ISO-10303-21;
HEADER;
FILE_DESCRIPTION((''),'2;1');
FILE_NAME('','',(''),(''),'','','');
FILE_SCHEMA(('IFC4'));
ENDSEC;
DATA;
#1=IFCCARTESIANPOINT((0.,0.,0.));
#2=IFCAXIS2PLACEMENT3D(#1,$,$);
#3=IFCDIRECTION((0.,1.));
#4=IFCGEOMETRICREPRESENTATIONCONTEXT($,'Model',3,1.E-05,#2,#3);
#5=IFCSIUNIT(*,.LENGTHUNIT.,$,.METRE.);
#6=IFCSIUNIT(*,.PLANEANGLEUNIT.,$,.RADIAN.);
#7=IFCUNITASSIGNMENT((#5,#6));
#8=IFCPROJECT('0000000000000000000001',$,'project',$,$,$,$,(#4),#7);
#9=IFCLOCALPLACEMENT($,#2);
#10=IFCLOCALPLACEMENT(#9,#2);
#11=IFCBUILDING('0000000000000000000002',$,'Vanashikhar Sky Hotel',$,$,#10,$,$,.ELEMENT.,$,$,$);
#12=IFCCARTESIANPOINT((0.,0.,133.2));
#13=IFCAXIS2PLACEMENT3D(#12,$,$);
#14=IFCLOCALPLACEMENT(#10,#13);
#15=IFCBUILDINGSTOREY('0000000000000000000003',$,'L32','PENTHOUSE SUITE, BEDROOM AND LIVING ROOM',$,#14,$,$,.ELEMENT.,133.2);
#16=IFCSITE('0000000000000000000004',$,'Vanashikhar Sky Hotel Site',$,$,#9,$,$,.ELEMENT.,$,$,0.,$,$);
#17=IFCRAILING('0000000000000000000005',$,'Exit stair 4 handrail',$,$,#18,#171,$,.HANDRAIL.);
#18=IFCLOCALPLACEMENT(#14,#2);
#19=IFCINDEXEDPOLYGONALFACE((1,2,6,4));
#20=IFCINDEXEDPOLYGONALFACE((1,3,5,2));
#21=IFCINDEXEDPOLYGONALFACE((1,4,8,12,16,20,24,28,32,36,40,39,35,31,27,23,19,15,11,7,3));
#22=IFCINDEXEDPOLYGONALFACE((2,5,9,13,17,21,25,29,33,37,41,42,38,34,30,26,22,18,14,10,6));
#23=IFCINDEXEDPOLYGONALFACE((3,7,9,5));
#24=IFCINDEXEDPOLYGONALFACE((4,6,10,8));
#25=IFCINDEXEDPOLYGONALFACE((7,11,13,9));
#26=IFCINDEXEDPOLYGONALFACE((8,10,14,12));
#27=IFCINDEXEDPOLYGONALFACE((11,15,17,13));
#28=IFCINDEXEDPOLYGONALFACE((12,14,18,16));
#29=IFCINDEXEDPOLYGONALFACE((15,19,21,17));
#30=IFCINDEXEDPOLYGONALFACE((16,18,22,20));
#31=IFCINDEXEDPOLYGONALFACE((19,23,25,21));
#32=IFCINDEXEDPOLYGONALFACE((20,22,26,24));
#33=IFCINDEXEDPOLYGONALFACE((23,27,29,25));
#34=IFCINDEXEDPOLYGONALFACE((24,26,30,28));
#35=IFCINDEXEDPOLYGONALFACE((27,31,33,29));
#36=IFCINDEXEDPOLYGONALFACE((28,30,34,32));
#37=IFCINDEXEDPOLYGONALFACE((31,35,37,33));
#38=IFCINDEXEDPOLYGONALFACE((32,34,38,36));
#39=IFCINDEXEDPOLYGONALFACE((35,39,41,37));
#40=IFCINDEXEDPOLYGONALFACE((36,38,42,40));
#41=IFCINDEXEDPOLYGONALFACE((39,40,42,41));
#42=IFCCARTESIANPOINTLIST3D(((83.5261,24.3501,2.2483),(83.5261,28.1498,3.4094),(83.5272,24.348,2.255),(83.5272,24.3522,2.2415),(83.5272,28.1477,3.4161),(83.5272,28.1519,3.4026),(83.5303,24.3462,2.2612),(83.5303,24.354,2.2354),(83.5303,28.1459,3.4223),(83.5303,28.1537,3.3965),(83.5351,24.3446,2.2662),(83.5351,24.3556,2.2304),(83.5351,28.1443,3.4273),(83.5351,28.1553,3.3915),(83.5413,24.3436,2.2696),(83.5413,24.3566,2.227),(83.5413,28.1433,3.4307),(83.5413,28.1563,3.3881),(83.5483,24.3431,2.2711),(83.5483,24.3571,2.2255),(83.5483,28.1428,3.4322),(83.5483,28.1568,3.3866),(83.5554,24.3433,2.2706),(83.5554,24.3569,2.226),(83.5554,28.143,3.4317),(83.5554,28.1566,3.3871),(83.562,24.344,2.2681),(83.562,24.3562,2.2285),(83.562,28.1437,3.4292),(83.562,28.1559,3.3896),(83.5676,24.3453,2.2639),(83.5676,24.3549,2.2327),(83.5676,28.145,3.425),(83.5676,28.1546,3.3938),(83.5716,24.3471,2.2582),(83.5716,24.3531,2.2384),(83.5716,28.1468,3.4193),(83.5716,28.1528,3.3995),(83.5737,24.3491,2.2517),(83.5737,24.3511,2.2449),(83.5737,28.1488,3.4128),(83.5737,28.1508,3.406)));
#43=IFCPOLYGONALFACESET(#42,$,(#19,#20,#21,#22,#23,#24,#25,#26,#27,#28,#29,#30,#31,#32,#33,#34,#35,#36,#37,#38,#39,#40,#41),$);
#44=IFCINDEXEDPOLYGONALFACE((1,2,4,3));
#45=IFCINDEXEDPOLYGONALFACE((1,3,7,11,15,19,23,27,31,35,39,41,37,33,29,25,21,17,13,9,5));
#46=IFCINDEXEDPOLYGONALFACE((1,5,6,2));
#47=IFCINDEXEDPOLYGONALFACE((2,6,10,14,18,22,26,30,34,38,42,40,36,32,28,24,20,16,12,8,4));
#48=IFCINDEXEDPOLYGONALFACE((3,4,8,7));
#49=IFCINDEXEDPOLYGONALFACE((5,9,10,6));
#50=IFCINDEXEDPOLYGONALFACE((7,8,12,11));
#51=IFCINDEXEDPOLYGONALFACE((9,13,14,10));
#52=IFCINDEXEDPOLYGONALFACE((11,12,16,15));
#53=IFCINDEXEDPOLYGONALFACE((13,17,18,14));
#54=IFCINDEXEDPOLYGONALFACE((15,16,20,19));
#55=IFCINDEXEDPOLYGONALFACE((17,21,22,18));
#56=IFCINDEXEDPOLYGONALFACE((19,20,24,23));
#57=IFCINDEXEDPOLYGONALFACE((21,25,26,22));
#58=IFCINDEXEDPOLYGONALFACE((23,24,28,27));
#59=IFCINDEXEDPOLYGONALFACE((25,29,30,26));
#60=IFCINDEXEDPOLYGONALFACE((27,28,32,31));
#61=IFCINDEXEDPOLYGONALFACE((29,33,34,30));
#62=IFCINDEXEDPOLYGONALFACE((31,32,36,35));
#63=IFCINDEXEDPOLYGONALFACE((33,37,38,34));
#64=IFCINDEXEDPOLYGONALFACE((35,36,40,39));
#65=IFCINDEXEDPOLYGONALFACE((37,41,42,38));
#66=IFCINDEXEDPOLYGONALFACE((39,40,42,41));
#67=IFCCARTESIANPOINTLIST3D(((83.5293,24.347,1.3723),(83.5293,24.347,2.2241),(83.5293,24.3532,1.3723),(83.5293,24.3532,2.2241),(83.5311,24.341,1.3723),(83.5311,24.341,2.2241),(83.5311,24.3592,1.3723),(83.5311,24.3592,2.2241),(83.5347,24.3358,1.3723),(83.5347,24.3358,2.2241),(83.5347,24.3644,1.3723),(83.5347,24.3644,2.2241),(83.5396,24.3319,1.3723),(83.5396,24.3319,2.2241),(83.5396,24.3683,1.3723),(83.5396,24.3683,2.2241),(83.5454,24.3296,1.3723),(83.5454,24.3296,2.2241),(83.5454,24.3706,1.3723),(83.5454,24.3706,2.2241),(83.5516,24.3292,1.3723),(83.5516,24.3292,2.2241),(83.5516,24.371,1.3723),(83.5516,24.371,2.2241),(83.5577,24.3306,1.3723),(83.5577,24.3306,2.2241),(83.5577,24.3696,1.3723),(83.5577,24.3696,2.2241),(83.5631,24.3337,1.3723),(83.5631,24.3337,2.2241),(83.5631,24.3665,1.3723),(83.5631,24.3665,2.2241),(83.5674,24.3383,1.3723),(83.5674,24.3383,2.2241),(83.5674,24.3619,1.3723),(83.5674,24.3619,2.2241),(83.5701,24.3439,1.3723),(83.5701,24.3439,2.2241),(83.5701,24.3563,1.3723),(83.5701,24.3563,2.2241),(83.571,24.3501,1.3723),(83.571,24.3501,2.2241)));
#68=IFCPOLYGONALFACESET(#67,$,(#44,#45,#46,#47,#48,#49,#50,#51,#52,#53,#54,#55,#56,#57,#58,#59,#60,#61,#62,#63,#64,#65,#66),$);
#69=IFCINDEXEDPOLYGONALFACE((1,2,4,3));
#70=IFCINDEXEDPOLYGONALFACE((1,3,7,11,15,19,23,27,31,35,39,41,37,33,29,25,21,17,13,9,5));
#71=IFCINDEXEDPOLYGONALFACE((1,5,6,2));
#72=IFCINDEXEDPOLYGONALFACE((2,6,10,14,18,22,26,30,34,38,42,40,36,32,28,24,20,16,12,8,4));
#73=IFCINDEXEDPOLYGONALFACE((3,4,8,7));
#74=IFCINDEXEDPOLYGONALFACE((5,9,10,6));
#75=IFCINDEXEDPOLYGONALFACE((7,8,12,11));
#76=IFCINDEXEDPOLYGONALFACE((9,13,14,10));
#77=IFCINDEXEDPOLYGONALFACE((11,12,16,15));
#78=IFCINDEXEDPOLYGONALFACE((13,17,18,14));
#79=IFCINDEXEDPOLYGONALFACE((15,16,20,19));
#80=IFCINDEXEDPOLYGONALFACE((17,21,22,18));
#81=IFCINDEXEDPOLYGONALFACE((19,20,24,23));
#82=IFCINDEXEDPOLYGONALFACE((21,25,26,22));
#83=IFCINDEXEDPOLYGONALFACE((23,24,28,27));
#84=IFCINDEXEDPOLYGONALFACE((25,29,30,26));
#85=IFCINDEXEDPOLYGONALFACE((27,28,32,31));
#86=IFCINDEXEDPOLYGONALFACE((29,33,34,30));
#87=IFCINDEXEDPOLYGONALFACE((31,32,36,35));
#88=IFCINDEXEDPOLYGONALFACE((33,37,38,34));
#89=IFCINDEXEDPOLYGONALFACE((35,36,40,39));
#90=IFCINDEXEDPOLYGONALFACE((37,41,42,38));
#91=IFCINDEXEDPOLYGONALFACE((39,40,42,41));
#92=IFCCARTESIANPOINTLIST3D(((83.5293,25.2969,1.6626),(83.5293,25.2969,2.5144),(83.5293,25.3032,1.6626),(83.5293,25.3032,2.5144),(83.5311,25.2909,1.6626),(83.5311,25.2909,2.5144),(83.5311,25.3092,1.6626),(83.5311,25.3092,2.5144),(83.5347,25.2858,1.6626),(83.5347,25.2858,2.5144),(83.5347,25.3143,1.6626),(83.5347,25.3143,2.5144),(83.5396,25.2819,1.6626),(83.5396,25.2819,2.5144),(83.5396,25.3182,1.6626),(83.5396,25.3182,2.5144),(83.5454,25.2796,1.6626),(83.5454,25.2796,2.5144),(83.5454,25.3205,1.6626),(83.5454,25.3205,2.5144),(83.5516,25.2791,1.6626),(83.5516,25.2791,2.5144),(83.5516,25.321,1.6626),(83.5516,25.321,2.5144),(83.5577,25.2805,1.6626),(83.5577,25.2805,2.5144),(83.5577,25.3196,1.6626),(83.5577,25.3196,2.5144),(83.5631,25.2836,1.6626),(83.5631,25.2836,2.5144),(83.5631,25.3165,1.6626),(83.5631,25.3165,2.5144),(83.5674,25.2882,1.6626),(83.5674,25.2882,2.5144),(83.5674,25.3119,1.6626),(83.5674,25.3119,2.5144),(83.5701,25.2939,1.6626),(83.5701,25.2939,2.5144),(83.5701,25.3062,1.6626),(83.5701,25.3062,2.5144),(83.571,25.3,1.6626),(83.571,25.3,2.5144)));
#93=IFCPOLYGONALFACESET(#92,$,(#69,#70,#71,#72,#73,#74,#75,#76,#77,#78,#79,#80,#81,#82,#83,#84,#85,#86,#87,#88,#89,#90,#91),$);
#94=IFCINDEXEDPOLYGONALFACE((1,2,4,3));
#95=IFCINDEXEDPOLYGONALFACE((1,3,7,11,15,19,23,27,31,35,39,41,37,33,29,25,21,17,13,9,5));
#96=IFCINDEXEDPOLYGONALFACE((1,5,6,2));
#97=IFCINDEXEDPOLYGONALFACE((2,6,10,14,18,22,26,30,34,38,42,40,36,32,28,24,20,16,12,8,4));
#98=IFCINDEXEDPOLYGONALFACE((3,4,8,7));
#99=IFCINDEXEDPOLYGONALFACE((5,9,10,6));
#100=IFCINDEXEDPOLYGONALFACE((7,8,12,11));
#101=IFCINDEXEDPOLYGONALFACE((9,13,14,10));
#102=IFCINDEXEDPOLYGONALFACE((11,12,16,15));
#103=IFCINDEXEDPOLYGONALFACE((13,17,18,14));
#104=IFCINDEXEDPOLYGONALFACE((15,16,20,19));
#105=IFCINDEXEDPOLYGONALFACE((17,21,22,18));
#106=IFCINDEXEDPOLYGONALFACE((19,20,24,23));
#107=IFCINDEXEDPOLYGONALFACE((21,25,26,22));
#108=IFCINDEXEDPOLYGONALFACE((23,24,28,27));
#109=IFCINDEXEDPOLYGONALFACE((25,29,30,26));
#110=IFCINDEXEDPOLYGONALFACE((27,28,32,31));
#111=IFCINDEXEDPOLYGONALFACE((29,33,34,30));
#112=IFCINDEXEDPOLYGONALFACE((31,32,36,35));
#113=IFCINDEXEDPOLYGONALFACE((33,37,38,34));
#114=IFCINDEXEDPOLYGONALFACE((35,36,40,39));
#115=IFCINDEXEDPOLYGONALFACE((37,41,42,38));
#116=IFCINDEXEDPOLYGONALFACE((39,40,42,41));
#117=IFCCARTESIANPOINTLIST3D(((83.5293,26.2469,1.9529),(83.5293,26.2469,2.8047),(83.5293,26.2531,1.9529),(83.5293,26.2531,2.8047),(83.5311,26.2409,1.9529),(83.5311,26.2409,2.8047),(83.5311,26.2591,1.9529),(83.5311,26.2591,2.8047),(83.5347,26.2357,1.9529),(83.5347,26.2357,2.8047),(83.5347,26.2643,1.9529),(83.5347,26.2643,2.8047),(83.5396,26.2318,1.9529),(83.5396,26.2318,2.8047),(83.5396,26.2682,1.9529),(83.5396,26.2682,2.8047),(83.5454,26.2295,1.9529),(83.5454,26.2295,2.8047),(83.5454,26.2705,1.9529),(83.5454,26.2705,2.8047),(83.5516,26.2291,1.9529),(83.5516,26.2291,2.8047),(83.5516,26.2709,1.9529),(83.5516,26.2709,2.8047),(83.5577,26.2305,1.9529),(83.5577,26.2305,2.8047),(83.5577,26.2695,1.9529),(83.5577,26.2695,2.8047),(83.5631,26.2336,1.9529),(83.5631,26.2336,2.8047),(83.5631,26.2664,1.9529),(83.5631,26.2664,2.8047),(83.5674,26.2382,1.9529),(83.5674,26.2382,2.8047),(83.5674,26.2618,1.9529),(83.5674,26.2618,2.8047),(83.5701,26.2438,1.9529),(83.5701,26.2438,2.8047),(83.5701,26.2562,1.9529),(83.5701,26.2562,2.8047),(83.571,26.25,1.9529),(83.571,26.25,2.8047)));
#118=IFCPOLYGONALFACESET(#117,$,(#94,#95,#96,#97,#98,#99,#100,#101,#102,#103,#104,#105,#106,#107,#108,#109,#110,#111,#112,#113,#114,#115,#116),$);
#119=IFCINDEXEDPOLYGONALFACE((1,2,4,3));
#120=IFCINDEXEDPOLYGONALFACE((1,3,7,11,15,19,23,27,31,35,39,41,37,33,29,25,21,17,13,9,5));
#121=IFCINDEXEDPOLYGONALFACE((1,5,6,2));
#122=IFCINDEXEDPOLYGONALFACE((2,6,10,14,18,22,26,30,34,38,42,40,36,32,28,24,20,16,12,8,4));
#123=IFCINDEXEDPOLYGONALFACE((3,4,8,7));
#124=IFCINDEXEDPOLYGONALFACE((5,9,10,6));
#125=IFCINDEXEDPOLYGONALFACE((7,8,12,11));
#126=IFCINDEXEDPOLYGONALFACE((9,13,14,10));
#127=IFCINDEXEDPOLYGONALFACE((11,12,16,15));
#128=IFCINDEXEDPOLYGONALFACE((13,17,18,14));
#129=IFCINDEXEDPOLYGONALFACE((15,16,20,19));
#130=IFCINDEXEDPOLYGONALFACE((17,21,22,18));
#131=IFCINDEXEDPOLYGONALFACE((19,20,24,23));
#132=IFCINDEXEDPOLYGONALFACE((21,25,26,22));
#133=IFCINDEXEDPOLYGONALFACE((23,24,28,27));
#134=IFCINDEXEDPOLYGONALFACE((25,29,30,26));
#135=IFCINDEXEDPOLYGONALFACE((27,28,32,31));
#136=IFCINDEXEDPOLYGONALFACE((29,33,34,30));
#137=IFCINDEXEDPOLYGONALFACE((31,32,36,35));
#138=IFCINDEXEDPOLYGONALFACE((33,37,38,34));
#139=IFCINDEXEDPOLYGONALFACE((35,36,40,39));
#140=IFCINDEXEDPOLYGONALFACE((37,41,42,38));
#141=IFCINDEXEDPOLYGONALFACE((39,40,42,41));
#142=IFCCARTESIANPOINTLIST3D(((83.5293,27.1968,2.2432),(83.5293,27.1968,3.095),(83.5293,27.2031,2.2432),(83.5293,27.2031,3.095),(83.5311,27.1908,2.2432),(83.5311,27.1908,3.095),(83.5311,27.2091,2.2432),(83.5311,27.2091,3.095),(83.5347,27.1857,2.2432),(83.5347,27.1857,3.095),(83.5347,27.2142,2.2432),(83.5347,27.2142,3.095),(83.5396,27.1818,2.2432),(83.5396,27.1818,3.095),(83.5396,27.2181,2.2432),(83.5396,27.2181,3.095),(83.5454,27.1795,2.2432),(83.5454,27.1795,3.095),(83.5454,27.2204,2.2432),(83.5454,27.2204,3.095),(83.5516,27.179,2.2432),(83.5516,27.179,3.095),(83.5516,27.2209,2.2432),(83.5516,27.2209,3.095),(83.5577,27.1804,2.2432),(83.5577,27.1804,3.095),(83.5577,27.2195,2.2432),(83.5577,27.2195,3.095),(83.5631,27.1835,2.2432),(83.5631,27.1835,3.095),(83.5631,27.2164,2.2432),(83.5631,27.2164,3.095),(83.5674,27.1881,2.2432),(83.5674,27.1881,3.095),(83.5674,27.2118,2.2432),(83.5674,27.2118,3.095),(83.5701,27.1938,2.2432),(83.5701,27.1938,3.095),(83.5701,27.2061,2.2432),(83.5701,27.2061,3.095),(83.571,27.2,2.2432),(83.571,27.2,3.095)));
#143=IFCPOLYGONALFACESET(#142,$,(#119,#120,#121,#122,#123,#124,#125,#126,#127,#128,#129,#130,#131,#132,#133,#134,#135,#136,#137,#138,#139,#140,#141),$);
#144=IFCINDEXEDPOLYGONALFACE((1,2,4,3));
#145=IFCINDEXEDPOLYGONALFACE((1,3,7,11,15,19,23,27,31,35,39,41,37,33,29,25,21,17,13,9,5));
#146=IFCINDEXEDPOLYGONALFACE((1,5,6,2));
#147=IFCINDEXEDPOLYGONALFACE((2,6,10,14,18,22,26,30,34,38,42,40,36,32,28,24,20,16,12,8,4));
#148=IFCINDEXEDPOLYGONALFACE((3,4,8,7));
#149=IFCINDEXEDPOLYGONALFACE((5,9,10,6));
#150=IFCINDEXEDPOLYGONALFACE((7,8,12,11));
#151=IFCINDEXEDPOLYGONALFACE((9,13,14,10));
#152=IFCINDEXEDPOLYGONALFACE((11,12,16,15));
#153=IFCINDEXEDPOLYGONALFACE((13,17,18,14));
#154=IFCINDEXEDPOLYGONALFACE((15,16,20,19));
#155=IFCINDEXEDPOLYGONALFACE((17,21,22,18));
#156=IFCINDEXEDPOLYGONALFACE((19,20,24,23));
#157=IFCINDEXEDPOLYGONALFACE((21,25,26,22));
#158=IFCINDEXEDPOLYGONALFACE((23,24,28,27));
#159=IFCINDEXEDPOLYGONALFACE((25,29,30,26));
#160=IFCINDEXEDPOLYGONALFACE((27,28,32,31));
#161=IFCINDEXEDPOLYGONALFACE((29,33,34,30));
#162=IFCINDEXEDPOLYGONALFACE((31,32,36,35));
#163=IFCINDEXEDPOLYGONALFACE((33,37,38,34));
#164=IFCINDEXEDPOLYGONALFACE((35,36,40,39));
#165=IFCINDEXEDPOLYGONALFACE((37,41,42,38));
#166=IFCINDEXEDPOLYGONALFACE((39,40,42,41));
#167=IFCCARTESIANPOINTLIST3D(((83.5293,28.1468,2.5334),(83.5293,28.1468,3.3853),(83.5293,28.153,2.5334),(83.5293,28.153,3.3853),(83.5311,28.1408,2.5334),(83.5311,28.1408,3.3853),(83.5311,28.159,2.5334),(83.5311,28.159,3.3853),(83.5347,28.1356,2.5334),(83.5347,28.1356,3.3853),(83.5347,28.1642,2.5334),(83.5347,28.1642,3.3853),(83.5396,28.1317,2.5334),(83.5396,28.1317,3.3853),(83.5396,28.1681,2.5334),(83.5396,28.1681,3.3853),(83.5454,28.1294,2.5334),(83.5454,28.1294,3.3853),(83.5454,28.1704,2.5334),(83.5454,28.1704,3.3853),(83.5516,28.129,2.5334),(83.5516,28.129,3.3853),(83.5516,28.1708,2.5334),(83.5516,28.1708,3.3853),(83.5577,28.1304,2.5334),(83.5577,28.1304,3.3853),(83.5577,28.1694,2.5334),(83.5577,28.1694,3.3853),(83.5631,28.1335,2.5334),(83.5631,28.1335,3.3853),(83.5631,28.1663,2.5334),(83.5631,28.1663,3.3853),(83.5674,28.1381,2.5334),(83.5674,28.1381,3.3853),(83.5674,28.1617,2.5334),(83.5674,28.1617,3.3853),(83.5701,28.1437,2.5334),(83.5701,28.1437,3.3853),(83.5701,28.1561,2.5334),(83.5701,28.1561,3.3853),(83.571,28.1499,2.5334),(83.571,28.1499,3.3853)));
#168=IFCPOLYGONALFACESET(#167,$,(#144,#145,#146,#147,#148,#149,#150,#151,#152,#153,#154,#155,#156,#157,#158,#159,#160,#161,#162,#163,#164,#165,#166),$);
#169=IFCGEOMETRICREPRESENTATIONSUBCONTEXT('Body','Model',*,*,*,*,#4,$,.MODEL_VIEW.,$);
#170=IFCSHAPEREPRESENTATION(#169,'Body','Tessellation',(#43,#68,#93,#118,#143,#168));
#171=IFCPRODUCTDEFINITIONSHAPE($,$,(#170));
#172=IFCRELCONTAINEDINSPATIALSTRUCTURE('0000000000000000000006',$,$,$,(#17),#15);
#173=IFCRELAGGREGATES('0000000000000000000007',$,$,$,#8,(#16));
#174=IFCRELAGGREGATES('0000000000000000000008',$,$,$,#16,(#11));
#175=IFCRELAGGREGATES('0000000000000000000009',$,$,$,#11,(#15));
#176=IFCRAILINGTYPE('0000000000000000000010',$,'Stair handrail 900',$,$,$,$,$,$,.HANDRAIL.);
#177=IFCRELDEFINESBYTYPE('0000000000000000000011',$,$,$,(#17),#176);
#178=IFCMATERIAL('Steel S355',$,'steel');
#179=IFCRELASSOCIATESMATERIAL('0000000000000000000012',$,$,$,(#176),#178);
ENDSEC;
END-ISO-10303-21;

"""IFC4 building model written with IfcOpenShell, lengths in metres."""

from ifc_helpers import new_model, si_unit, direction, frame, origin, origin_2d, place, context, subcontext, project, spatial, circle, extrude, source, transform, mapped, material, type_object, element, save


model = new_model("IFC4")

# Units and contexts
model_context = context("Model", 3, precision=1e-05, world=origin(), true_north=direction((0.0, 1.0)))
body_context = subcontext(model_context, "Body", "Model", "MODEL_VIEW")
ifc_project = project(units=[si_unit("LENGTHUNIT", "METRE"), si_unit("PLANEANGLEUNIT", "RADIAN")], contexts=[model_context])

# Site, building, storey
site_placement = place(None, origin())
site = spatial("IfcSite", under=ifc_project, at=site_placement, Name="Vanashikhar Sky Hotel Site", CompositionType="ELEMENT", RefElevation=0.0)
building_placement = place(site_placement, origin())
building = spatial("IfcBuilding", under=site, at=building_placement, Name="Vanashikhar Sky Hotel", CompositionType="ELEMENT")
storey_placement = place(building_placement, frame((0.0, 0.0, 133.2)))
storey = spatial("IfcBuildingStorey", under=building, at=storey_placement, Name="L32", Description="PENTHOUSE SUITE, BEDROOM AND LIVING ROOM", CompositionType="ELEMENT", Elevation=133.2)

# Railing
ifc_material_1 = material(Name="Steel S355", Category="steel")
railing_type_1 = type_object("IfcRailingType", Name="Stair handrail 900", PredefinedType="HANDRAIL", material=ifc_material_1)
shared_shape_1 = source(origin(), body_context, "Body", "SweptSolid", [
    extrude(circle(Radius=0.0239, at=origin_2d()), frame((0.0, 0.0, 0.876), z_axis=(0.0, 0.956346, 0.292237), x_axis=(-1.0, 0.0, 0.0)), (0.0, 0.0, 1.0), 3.9731),
    extrude(circle(Radius=0.021, at=origin_2d()), origin(), (0.0, 0.0, 1.0), 0.8518),
    extrude(circle(Radius=0.021, at=origin_2d()), frame((0.0, 0.95, 0.2903)), (0.0, 0.0, 1.0), 0.8518),
    extrude(circle(Radius=0.021, at=origin_2d()), frame((0.0, 1.8999, 0.5806)), (0.0, 0.0, 1.0), 0.8518),
    extrude(circle(Radius=0.021, at=origin_2d()), frame((0.0, 2.8499, 0.8708)), (0.0, 0.0, 1.0), 0.8518),
    extrude(circle(Radius=0.021, at=origin_2d()), frame((0.0, 3.7998, 1.1611)), (0.0, 0.0, 1.0), 0.8518),
])
railing_1_placement = place(storey_placement, frame((83.55, 24.3501, 1.3723)))
element("IfcRailing", 1, at=railing_1_placement, inside=storey, type_object=railing_type_1, Name="Exit stair 4 handrail", PredefinedType="HANDRAIL", context=body_context, shape_type="MappedRepresentation", body=[
    mapped(shared_shape_1, transform((0.0, 0.0, 0.0), scale=1.0)),
])

save(model, "model.ifc")
